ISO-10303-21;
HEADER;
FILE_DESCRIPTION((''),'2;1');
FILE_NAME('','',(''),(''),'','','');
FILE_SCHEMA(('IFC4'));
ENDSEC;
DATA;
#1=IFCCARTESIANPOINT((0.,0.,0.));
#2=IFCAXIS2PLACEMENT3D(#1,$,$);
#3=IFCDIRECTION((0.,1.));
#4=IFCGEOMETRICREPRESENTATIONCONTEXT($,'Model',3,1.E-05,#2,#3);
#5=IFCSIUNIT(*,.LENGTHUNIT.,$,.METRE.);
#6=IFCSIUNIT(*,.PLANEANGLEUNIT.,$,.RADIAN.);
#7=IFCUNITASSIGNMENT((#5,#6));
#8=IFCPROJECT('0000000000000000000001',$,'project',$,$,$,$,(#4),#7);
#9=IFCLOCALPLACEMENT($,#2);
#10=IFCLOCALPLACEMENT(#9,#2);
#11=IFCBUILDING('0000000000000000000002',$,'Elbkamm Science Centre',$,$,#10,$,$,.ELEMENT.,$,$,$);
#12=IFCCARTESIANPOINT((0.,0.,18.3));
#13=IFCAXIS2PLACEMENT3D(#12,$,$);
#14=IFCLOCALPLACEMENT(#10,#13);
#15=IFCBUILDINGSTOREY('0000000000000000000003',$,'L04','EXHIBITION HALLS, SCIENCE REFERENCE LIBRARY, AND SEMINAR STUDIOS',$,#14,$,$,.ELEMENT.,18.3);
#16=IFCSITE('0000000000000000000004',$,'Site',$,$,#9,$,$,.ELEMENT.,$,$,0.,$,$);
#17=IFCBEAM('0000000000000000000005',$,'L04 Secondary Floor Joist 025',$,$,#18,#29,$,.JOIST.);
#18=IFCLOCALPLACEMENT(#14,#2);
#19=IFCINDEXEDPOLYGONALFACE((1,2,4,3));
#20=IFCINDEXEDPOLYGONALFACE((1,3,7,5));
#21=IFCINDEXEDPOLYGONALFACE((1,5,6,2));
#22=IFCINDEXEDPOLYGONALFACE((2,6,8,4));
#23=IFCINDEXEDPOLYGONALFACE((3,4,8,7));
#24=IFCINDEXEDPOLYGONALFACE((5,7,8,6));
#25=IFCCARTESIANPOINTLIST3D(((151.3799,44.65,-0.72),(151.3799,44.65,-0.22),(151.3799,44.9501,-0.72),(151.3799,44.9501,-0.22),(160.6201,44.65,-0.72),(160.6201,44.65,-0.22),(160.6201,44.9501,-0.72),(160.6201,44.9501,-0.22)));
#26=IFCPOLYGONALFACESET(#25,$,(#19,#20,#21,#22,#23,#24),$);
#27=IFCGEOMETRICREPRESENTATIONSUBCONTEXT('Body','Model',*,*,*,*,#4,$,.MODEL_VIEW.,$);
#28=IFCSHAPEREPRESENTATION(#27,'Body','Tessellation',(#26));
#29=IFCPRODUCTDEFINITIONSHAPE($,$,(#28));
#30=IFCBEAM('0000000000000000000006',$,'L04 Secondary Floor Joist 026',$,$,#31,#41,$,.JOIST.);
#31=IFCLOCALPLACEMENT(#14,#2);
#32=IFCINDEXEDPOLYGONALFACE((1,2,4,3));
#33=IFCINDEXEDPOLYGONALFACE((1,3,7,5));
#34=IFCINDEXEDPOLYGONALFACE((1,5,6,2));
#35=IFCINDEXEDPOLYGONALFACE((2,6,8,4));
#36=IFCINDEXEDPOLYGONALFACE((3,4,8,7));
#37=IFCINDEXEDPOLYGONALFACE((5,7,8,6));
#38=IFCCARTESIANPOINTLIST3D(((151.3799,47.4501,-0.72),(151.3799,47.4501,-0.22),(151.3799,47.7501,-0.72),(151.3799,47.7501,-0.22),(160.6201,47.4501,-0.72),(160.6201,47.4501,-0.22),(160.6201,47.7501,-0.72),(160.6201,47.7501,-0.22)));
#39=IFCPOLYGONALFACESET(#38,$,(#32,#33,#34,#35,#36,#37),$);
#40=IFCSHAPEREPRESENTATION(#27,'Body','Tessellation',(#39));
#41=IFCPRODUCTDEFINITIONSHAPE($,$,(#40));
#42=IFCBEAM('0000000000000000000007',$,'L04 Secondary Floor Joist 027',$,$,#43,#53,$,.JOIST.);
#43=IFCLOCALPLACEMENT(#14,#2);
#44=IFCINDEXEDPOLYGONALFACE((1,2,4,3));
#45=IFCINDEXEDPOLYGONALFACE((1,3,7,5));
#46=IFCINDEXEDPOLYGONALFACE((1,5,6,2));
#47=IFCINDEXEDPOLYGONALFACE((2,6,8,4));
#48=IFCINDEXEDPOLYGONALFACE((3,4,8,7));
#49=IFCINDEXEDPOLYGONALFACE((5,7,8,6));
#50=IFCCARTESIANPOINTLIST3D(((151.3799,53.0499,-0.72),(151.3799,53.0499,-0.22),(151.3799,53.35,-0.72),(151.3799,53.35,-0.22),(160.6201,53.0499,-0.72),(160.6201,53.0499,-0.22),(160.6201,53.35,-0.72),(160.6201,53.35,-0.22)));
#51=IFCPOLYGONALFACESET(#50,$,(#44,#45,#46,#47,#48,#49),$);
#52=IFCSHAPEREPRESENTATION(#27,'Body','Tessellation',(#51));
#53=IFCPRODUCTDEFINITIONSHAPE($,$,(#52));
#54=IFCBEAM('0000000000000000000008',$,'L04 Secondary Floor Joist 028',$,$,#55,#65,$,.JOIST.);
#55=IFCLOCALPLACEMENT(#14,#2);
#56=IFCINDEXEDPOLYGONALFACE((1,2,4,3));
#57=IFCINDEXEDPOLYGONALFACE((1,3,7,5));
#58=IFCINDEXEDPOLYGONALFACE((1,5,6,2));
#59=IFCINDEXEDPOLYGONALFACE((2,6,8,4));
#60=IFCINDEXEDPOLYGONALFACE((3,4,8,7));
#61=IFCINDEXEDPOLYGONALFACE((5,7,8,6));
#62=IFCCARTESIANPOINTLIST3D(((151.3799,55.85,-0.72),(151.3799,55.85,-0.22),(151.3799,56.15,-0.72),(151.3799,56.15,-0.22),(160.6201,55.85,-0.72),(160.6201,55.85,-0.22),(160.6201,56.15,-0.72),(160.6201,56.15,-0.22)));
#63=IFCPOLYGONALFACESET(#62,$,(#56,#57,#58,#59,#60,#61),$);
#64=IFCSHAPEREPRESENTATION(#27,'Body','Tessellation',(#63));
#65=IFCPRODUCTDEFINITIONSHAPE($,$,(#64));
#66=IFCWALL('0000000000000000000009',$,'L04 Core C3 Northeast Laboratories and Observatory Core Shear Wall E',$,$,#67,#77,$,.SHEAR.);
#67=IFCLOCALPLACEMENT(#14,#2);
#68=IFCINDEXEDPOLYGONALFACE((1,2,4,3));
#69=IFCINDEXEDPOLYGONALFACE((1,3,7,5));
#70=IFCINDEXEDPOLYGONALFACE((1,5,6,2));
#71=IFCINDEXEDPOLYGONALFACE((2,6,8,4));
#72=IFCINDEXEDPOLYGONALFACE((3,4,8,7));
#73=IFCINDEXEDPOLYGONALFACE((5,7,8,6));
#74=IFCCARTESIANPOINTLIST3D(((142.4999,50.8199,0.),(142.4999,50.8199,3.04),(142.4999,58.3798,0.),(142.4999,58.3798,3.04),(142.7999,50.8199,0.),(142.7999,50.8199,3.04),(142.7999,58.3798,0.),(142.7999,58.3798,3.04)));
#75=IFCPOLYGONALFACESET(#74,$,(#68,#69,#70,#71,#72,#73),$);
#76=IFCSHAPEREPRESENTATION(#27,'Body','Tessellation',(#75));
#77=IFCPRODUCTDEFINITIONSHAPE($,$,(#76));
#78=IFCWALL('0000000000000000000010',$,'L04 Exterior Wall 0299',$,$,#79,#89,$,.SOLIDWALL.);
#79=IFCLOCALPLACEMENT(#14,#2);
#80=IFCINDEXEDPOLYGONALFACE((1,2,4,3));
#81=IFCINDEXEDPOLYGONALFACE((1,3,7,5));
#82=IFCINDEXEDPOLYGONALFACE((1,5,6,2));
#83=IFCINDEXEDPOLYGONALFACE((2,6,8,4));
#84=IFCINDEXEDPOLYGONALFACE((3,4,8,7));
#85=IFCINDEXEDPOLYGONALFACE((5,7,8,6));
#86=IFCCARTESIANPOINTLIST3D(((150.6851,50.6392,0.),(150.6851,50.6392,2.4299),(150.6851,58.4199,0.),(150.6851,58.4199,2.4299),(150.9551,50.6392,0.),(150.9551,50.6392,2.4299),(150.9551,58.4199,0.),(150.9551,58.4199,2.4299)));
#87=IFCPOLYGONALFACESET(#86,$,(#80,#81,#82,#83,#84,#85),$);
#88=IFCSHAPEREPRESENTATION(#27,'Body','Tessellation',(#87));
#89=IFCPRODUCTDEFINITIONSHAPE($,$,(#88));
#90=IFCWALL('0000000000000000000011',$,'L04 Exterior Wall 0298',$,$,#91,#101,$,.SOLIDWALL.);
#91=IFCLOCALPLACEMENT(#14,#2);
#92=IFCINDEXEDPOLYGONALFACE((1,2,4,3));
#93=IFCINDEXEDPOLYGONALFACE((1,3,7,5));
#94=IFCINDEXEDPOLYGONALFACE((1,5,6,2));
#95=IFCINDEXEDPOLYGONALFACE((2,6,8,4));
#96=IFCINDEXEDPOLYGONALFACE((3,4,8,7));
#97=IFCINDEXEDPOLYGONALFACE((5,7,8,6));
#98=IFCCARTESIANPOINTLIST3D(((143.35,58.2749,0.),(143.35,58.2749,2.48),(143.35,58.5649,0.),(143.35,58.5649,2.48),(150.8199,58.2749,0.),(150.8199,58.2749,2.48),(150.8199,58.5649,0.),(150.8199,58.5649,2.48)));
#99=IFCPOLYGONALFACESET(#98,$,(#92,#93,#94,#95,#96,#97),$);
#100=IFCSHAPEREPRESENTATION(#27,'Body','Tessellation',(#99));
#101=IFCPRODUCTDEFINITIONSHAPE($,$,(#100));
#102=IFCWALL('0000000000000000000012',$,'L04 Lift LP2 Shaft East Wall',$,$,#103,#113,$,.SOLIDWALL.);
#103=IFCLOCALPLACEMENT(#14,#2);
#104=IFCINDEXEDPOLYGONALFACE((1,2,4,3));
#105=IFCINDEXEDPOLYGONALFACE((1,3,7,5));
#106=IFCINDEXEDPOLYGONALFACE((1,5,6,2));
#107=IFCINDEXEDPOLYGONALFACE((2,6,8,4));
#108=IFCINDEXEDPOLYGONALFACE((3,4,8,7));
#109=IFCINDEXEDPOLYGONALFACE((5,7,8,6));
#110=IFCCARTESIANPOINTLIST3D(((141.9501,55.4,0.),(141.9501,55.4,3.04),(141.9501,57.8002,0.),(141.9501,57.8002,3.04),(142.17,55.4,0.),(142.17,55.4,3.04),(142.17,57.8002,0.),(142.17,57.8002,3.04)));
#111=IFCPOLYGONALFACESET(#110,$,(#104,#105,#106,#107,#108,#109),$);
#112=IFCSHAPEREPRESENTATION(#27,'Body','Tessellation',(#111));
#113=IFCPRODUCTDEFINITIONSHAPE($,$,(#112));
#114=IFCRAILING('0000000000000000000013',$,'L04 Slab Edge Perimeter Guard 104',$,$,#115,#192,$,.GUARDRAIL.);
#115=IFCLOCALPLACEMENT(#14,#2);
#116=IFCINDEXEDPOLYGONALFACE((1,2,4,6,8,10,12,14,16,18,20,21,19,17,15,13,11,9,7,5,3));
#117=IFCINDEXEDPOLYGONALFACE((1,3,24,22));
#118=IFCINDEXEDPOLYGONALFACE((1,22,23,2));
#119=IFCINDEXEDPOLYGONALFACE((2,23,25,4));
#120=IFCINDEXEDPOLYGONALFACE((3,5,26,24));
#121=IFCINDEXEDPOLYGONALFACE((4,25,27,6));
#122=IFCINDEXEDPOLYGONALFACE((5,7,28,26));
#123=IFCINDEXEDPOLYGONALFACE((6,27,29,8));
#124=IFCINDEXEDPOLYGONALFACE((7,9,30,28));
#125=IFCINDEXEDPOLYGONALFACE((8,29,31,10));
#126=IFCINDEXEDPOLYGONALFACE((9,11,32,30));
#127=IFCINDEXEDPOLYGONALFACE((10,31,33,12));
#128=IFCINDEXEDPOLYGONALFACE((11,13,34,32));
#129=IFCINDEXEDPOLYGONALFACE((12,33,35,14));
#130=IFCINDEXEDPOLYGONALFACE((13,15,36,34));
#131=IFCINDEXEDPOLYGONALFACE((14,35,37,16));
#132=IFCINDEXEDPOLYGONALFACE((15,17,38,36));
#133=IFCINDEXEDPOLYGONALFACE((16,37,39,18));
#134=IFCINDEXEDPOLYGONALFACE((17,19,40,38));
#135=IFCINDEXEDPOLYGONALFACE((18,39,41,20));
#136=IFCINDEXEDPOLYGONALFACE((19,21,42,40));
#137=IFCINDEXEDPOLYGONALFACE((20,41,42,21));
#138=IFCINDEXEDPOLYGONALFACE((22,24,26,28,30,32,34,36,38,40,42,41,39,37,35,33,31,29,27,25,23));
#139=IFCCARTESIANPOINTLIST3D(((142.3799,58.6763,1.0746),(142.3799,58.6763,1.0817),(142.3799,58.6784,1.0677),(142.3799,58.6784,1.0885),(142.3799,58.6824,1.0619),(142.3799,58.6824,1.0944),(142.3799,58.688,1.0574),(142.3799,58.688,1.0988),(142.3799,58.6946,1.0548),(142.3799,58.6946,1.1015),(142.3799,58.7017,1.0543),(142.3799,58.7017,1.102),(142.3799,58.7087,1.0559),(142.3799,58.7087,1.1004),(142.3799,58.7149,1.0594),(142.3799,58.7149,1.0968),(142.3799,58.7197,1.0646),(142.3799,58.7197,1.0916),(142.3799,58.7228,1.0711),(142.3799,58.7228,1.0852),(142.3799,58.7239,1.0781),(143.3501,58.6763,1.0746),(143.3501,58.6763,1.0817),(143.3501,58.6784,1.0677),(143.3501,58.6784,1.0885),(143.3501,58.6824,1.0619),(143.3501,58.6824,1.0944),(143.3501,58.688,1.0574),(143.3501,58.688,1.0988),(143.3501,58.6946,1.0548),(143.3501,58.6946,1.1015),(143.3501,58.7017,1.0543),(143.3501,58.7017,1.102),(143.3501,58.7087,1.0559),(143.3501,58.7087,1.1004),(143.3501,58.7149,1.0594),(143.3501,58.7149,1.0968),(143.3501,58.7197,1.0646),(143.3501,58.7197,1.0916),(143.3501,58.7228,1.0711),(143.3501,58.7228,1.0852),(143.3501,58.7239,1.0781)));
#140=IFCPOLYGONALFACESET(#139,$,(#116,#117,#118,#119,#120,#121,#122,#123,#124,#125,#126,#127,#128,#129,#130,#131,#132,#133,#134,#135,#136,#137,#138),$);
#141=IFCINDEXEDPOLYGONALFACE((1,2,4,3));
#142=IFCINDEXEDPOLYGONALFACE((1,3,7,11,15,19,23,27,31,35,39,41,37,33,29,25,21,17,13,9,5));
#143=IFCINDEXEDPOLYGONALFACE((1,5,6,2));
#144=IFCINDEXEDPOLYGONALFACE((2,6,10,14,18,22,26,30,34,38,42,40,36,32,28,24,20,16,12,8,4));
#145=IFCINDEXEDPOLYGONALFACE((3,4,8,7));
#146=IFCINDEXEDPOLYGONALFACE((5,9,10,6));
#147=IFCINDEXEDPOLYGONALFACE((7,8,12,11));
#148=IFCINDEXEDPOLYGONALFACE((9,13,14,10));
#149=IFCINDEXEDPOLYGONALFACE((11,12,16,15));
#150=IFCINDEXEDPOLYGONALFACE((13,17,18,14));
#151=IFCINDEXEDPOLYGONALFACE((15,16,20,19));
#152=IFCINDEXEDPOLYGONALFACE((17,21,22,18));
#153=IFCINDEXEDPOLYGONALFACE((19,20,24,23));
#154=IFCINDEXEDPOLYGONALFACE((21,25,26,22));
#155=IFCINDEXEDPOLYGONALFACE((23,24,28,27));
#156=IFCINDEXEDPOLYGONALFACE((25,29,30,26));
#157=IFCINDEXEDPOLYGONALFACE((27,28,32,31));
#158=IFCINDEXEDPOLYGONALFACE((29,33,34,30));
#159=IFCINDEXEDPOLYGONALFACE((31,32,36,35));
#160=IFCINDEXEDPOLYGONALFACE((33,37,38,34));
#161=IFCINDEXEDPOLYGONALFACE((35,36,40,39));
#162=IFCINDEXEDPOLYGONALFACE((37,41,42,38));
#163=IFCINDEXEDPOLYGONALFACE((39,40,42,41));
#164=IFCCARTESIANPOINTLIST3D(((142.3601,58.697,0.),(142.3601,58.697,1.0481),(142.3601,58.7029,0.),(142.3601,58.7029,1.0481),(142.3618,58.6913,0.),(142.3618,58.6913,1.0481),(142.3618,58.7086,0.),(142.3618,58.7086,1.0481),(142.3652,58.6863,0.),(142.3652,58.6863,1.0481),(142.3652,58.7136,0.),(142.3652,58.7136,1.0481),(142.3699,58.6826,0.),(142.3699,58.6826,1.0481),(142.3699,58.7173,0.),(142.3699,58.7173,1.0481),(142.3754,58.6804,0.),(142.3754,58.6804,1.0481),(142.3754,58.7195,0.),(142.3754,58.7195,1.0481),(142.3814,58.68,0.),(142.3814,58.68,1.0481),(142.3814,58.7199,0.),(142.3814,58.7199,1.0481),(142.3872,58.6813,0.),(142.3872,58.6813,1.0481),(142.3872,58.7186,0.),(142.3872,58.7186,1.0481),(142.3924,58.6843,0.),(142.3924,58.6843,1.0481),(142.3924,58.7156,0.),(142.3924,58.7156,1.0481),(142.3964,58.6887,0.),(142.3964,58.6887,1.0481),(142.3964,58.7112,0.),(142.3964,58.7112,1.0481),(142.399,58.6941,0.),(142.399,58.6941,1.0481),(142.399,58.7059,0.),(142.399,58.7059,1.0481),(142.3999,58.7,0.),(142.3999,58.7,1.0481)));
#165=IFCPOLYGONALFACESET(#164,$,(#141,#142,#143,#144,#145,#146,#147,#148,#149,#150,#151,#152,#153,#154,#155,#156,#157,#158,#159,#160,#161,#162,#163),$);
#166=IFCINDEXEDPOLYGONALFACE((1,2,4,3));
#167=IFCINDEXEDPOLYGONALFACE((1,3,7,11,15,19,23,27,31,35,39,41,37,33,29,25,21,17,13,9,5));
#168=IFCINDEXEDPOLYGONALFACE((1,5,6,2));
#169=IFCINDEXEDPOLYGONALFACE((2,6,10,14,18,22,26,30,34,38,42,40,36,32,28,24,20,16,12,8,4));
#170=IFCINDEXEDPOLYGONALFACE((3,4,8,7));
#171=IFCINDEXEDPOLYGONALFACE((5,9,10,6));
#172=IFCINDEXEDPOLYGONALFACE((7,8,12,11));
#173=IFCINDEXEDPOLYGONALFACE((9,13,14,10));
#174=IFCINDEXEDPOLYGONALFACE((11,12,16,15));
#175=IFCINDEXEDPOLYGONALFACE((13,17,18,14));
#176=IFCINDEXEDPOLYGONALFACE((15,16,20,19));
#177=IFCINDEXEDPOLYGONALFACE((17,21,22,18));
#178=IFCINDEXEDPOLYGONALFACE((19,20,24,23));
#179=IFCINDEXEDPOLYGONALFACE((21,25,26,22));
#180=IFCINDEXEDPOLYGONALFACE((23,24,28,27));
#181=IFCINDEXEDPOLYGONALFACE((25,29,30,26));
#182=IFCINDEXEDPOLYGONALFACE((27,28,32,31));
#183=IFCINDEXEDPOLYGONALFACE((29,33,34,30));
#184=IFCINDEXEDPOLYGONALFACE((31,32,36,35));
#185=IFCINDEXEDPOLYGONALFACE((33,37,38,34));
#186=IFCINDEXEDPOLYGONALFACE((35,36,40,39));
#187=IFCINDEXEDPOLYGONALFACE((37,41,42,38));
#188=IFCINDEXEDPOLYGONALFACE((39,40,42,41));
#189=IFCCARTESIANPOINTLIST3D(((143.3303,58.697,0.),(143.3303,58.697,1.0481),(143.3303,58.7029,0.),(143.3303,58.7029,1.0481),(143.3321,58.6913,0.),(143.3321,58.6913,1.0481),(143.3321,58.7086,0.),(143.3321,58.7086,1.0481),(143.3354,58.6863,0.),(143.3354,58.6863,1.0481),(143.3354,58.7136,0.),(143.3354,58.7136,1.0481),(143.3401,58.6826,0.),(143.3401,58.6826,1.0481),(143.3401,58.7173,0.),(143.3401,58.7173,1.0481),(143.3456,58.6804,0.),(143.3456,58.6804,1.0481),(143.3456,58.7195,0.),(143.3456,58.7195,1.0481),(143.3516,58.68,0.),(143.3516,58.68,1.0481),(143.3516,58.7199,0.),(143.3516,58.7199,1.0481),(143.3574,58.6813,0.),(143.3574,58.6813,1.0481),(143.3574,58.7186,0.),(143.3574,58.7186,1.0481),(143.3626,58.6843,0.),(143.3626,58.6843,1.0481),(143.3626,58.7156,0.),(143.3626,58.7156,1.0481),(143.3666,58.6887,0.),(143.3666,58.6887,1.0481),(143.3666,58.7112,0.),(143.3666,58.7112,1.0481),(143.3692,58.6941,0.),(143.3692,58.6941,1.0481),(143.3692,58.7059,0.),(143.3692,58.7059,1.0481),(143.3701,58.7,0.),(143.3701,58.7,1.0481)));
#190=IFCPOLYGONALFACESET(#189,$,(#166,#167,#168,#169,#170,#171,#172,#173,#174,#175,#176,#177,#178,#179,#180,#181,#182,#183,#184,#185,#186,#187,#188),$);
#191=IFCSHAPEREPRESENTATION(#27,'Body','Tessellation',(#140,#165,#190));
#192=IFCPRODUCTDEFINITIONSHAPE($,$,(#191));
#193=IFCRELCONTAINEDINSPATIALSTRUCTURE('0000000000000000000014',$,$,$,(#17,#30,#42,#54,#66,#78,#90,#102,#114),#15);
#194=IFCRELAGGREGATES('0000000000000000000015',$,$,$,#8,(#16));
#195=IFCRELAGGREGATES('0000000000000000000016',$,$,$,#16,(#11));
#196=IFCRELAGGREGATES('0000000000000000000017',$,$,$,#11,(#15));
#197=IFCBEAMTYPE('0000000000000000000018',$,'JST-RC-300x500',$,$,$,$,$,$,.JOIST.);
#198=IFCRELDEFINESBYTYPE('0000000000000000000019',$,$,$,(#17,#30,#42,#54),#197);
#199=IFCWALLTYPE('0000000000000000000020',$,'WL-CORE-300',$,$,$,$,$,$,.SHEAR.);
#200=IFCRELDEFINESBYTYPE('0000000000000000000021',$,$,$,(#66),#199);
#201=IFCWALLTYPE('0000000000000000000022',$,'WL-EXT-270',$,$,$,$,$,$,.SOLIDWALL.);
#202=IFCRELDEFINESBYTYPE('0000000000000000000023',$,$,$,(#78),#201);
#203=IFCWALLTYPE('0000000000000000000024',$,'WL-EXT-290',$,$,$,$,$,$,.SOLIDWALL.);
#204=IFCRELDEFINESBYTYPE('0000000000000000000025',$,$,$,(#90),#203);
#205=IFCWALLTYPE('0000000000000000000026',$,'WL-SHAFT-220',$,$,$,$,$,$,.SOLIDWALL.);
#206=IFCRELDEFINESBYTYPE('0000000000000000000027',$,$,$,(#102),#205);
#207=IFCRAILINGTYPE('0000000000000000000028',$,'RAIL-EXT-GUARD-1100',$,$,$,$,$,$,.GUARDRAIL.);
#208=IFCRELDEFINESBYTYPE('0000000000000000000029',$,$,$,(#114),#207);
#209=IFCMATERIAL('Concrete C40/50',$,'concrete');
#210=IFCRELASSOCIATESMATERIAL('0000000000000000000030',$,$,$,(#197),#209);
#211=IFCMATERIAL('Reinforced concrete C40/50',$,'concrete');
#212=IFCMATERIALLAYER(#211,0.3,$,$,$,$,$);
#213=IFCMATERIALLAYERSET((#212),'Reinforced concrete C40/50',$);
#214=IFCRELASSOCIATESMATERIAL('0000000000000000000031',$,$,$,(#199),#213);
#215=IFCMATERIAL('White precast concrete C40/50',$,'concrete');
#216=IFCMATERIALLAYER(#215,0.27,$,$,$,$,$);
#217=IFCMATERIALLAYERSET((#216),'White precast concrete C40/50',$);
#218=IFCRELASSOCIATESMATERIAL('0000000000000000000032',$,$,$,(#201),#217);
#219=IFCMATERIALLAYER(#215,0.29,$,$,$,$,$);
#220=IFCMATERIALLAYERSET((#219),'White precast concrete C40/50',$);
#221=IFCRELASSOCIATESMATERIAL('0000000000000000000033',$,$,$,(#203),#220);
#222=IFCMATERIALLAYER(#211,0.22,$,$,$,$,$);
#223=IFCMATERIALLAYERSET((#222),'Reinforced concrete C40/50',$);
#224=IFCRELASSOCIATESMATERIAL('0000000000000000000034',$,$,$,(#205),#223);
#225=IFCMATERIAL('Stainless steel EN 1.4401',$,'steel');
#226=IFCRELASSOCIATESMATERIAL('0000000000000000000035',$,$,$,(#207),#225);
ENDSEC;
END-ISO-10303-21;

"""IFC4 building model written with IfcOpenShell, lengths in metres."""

from ifc_helpers import new_model, si_unit, direction, frame, frame_2d, origin, origin_2d, place, context, subcontext, project, spatial, rectangle, circle, extrude, material, layer, layer_set, material_profile, profile_set, type_object, element, save


model = new_model("IFC4")

# Units and contexts
model_context = context("Model", 3, precision=1e-05, world=origin(), true_north=direction((0.0, 1.0)))
body_context = subcontext(model_context, "Body", "Model", "MODEL_VIEW")
ifc_project = project(units=[si_unit("LENGTHUNIT", "METRE"), si_unit("PLANEANGLEUNIT", "RADIAN")], contexts=[model_context])

# Site, building, storey
site_placement = place(None, origin())
site = spatial("IfcSite", under=ifc_project, at=site_placement, Name="Site", CompositionType="ELEMENT", RefElevation=0.0)
building_placement = place(site_placement, origin())
building = spatial("IfcBuilding", under=site, at=building_placement, Name="Elbkamm Science Centre", CompositionType="ELEMENT")
storey_placement = place(building_placement, frame((0.0, 0.0, 18.3)))
storey = spatial("IfcBuildingStorey", under=building, at=storey_placement, Name="L04", Description="EXHIBITION HALLS, SCIENCE REFERENCE LIBRARY, AND SEMINAR STUDIOS", CompositionType="ELEMENT", Elevation=18.3)

# Shared definitions
ifc_material_1 = material(Name="Concrete C40/50", Category="concrete")

# Beams
ifc_material_profile_1 = material_profile(ifc_material_1, rectangle(XDim=0.3, YDim=0.5, at=origin_2d()), Name="RC 300x500")
ifc_profile_set_1 = profile_set([ifc_material_profile_1], Name="Concrete C40/50")
beam_type_1 = type_object("IfcBeamType", Name="JST-RC-300x500", PredefinedType="JOIST", material=ifc_profile_set_1)
for number, where, z_axis, x_axis, name in (
    (1, (151.3799, 44.8, -0.47), (1.0, 0.0, 0.0), (0.0, 1.0, 0.0), "L04 Secondary Floor Joist 025"),
    (2, (151.3799, 47.6001, -0.47), (1.0, 0.0, 0.0), (0.0, 1.0, 0.0), "L04 Secondary Floor Joist 026"),
    (3, (151.3799, 53.2, -0.47), (1.0, 0.0, 0.0), (0.0, 1.0, 0.0), "L04 Secondary Floor Joist 027"),
    (4, (151.3799, 56.0, -0.47), (1.0, 0.0, 0.0), (0.0, 1.0, 0.0), "L04 Secondary Floor Joist 028"),
):
    element("IfcBeam", number, at=place(storey_placement, frame(where, z_axis=z_axis, x_axis=x_axis)), inside=storey, type_object=beam_type_1, Name=name, PredefinedType="JOIST", context=body_context, shape_type="SweptSolid", body=[
        extrude(rectangle(XDim=0.3, YDim=0.5, at=origin_2d()), origin(), (0.0, 0.0, 1.0), 9.2402),
    ])

# Wall
ifc_material_2 = material(Name="Reinforced concrete C40/50", Category="concrete")
ifc_layer_1 = layer(ifc_material_2, 0.3)
ifc_layer_set_1 = layer_set([ifc_layer_1], Name="Reinforced concrete C40/50")
wall_type_1 = type_object("IfcWallType", Name="WL-CORE-300", PredefinedType="SHEAR", material=ifc_layer_set_1)
wall_1_placement = place(storey_placement, frame((142.6499, 50.8201, 0.0), z_axis=(0.0, 0.0, 1.0), x_axis=(0.0, 1.0, 0.0)))
element("IfcWall", 5, at=wall_1_placement, inside=storey, type_object=wall_type_1, Name="L04 Core C3 Northeast Laboratories and Observatory Core Shear Wall E", PredefinedType="SHEAR", context=body_context, shape_type="SweptSolid", body=[
    extrude(rectangle(XDim=7.5598, YDim=0.3, at=frame_2d((3.7798, 0.0))), origin(), (0.0, 0.0, 1.0), 3.04),
])

# Shared definitions
ifc_material_3 = material(Name="White precast concrete C40/50", Category="concrete")
ifc_layer_2 = layer(ifc_material_3, 0.27)
ifc_layer_set_2 = layer_set([ifc_layer_2], Name="White precast concrete C40/50")
wall_type_2 = type_object("IfcWallType", Name="WL-EXT-270", PredefinedType="SOLIDWALL", material=ifc_layer_set_2)

# Walls
wall_2_placement = place(storey_placement, frame((150.8201, 58.4199, 0.0), z_axis=(0.0, 0.0, 1.0), x_axis=(0.0, -1.0, 0.0)))
element("IfcWall", 6, at=wall_2_placement, inside=storey, type_object=wall_type_2, Name="L04 Exterior Wall 0299", PredefinedType="SOLIDWALL", context=body_context, shape_type="SweptSolid", body=[
    extrude(rectangle(XDim=7.7808, YDim=0.27, at=frame_2d((3.8904, 0.0))), origin(), (0.0, 0.0, 1.0), 2.4299),
])
ifc_layer_3 = layer(ifc_material_3, 0.29)
ifc_layer_set_3 = layer_set([ifc_layer_3], Name="White precast concrete C40/50")
wall_type_3 = type_object("IfcWallType", Name="WL-EXT-290", PredefinedType="SOLIDWALL", material=ifc_layer_set_3)
wall_3_placement = place(storey_placement, frame((143.3501, 58.4199, 0.0), z_axis=(0.0, 0.0, 1.0), x_axis=(1.0, 0.0, 0.0)))
element("IfcWall", 7, at=wall_3_placement, inside=storey, type_object=wall_type_3, Name="L04 Exterior Wall 0298", PredefinedType="SOLIDWALL", context=body_context, shape_type="SweptSolid", body=[
    extrude(rectangle(XDim=7.47, YDim=0.29, at=frame_2d((3.7349, 0.0))), origin(), (0.0, 0.0, 1.0), 2.48),
])
ifc_layer_4 = layer(ifc_material_2, 0.22)
ifc_layer_set_4 = layer_set([ifc_layer_4], Name="Reinforced concrete C40/50")
wall_type_4 = type_object("IfcWallType", Name="WL-SHAFT-220", PredefinedType="SOLIDWALL", material=ifc_layer_set_4)
wall_4_placement = place(storey_placement, frame((142.0601, 55.3999, 0.0), z_axis=(0.0, 0.0, 1.0), x_axis=(0.0, 1.0, 0.0)))
element("IfcWall", 8, at=wall_4_placement, inside=storey, type_object=wall_type_4, Name="L04 Lift LP2 Shaft East Wall", PredefinedType="SOLIDWALL", context=body_context, shape_type="SweptSolid", body=[
    extrude(rectangle(XDim=2.4001, YDim=0.22, at=frame_2d((1.2002, 0.0))), origin(), (0.0, 0.0, 1.0), 3.04),
])

# Railing
ifc_material_4 = material(Name="Stainless steel EN 1.4401", Category="steel")
railing_type_1 = type_object("IfcRailingType", Name="RAIL-EXT-GUARD-1100", PredefinedType="GUARDRAIL", material=ifc_material_4)
railing_1_placement = place(storey_placement, frame((142.3799, 58.7, 0.0)))
element("IfcRailing", 9, at=railing_1_placement, inside=storey, type_object=railing_type_1, Name="L04 Slab Edge Perimeter Guard 104", PredefinedType="GUARDRAIL", context=body_context, shape_type="SweptSolid", body=[
    extrude(circle(Radius=0.0239, at=origin_2d()), frame((0.0, 0.0, 1.0781), z_axis=(1.0, 0.0, 0.0), x_axis=(0.0, 1.0, 0.0)), (0.0, 0.0, 1.0), 0.9702),
    extrude(circle(Radius=0.02, at=origin_2d()), origin(), (0.0, 0.0, 1.0), 1.0481),
    extrude(circle(Radius=0.02, at=origin_2d()), frame((0.9702, 0.0, 0.0)), (0.0, 0.0, 1.0), 1.0481),
])

save(model, "model.ifc")
